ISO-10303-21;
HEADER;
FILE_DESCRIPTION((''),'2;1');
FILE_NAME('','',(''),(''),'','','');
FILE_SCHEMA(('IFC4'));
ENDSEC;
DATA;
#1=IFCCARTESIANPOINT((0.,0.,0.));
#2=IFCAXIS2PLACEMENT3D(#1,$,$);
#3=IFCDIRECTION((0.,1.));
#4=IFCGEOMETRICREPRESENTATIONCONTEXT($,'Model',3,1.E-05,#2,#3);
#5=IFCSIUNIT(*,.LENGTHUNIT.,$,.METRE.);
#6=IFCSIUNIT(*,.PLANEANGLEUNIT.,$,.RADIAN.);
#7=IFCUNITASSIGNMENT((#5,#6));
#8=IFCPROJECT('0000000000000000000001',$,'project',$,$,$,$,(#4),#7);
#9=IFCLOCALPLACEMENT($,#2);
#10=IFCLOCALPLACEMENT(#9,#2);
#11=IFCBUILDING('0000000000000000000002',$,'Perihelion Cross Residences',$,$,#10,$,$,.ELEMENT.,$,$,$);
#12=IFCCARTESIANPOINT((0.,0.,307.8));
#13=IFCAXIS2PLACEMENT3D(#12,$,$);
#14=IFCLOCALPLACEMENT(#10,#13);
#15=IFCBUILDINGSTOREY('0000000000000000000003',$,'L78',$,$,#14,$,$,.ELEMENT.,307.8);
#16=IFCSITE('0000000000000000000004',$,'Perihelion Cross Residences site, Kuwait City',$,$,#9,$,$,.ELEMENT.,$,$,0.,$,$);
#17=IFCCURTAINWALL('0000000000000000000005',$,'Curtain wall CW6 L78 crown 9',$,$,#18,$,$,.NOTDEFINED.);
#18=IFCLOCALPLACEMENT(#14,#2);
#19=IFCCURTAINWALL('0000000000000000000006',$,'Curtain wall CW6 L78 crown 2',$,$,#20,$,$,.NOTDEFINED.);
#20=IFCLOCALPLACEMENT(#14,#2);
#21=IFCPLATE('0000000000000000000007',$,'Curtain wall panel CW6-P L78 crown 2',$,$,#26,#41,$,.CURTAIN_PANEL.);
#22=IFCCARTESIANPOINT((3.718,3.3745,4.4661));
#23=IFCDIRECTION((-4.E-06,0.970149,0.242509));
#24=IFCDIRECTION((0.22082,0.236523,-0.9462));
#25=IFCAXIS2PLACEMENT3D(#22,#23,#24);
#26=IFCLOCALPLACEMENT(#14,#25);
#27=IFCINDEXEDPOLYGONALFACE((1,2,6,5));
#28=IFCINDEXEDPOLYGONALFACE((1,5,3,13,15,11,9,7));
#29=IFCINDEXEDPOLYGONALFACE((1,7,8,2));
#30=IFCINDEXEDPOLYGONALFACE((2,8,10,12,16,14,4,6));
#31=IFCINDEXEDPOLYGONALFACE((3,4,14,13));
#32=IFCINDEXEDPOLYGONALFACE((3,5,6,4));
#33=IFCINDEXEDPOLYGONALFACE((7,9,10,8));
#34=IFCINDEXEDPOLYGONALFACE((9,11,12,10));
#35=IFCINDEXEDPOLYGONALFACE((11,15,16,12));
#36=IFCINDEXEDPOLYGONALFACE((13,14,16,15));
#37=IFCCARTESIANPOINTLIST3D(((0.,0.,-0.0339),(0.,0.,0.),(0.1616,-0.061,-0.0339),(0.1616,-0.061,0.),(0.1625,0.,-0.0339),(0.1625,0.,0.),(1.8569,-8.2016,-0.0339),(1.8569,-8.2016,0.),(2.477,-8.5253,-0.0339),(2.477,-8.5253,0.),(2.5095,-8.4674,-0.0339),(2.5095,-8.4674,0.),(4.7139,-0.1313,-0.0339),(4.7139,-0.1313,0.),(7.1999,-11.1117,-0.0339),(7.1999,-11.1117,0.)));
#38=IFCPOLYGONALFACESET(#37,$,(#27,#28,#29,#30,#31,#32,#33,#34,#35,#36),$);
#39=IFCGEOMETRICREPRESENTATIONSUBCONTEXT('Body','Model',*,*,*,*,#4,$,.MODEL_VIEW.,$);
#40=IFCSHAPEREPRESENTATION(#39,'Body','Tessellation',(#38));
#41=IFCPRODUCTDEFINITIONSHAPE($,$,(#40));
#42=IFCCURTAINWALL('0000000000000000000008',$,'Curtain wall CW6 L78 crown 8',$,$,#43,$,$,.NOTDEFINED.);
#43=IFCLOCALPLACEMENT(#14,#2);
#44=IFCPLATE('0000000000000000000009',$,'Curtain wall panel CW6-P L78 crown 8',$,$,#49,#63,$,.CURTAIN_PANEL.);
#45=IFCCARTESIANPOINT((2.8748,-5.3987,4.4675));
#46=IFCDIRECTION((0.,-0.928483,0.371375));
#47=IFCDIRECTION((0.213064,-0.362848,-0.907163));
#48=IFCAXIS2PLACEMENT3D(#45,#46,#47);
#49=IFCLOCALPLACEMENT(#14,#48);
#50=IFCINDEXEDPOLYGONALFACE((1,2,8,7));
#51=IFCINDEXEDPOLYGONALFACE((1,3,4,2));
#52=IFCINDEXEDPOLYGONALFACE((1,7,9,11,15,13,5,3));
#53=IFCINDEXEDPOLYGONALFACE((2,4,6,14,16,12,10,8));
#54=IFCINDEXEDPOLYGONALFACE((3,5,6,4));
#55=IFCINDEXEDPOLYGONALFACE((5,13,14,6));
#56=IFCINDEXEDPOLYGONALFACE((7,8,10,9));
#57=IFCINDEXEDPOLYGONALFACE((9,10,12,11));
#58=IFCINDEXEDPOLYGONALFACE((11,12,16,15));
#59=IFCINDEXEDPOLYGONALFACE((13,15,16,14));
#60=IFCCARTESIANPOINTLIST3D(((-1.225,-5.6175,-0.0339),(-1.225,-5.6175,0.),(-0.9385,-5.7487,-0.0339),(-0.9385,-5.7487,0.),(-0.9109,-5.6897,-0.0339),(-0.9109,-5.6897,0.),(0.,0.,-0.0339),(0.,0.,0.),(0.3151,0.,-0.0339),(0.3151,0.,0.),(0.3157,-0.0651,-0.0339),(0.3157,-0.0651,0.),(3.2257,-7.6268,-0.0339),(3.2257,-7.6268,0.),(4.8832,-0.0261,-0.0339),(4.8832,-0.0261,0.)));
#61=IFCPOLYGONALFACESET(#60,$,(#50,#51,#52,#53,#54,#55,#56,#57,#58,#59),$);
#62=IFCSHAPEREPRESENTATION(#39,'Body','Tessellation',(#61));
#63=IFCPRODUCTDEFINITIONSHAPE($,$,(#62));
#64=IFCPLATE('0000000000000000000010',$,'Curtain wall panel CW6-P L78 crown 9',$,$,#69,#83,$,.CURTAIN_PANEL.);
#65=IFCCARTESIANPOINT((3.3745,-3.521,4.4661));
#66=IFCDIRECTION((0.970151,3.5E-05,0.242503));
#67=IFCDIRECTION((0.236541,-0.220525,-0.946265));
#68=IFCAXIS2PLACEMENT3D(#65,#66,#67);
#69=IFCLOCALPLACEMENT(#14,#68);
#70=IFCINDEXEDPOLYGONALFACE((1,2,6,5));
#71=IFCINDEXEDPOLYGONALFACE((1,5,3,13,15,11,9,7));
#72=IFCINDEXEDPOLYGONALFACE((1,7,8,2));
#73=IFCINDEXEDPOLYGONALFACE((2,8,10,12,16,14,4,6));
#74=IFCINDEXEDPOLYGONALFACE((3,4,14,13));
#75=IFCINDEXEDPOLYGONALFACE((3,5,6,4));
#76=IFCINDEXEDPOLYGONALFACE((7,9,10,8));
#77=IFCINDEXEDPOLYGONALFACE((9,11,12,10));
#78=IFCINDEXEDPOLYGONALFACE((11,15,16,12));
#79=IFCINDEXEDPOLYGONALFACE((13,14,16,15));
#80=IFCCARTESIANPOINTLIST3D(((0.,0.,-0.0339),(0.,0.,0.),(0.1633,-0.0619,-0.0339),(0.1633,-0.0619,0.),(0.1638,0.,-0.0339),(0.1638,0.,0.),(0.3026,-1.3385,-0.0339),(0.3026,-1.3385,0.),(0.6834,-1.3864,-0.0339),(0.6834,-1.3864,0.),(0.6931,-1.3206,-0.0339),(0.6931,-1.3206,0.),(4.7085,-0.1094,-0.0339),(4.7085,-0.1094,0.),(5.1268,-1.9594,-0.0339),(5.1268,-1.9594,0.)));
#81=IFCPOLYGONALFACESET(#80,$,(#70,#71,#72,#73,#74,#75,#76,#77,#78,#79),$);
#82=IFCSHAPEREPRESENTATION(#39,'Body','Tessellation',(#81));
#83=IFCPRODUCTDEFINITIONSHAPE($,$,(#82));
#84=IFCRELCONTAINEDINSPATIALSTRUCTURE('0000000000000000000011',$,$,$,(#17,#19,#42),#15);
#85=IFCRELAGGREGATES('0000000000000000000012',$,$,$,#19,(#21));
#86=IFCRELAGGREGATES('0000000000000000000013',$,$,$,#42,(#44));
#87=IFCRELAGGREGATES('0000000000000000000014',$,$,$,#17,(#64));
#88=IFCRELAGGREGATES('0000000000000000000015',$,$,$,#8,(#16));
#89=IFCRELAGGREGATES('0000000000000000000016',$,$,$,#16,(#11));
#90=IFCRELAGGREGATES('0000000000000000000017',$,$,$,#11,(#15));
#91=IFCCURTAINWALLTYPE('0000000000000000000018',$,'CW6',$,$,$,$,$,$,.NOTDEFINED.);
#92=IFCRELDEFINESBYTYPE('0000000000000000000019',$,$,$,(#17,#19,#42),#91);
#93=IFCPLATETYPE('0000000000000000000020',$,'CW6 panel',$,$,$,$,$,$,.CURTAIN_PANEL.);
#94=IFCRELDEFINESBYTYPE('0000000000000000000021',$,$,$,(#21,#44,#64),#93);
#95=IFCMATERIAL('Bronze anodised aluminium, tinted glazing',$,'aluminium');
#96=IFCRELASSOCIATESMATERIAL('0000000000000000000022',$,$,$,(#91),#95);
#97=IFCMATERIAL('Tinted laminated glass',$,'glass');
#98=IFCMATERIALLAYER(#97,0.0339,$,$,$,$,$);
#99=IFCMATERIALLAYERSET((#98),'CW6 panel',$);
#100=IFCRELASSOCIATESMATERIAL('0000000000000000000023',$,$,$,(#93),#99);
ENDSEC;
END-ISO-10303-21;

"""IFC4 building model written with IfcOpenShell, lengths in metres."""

from ifc_helpers import new_model, si_unit, direction, frame, origin, place, context, subcontext, project, spatial, polyline, outline, extrude, material, layer, layer_set, type_object, element, aggregate, save


model = new_model("IFC4")

# Units and contexts
model_context = context("Model", 3, precision=1e-05, world=origin(), true_north=direction((0.0, 1.0)))
body_context = subcontext(model_context, "Body", "Model", "MODEL_VIEW")
ifc_project = project(units=[si_unit("LENGTHUNIT", "METRE"), si_unit("PLANEANGLEUNIT", "RADIAN")], contexts=[model_context])

# Site, building, storey
site_placement = place(None, origin())
site = spatial("IfcSite", under=ifc_project, at=site_placement, Name="Perihelion Cross Residences site, Kuwait City", CompositionType="ELEMENT", RefElevation=0.0)
building_placement = place(site_placement, origin())
building = spatial("IfcBuilding", under=site, at=building_placement, Name="Perihelion Cross Residences", CompositionType="ELEMENT")
storey_placement = place(building_placement, frame((0.0, 0.0, 307.8)))
storey = spatial("IfcBuildingStorey", under=building, at=storey_placement, Name="L78", CompositionType="ELEMENT", Elevation=307.8)

# Curtain wall
ifc_material_1 = material(Name="Bronze anodised aluminium, tinted glazing", Category="aluminium")
curtain_wall_type = type_object("IfcCurtainWallType", Name="CW6", PredefinedType="NOTDEFINED", material=ifc_material_1)
curtain_wall_1_placement = place(storey_placement, origin())
curtain_wall_1 = element("IfcCurtainWall", 1, at=curtain_wall_1_placement, inside=storey, type_object=curtain_wall_type, Name="Curtain wall CW6 L78 crown 9", PredefinedType="NOTDEFINED")

# Curtain walls, plates
curtain_wall_2_placement = place(storey_placement, origin())
curtain_wall_2 = element("IfcCurtainWall", 2, at=curtain_wall_2_placement, inside=storey, type_object=curtain_wall_type, Name="Curtain wall CW6 L78 crown 2", PredefinedType="NOTDEFINED")
ifc_material_2 = material(Name="Tinted laminated glass", Category="glass")
ifc_layer_1 = layer(ifc_material_2, 0.0339)
ifc_layer_set_1 = layer_set([ifc_layer_1], Name="CW6 panel")
plate_type = type_object("IfcPlateType", Name="CW6 panel", PredefinedType="CURTAIN_PANEL", material=ifc_layer_set_1)
plate_1_placement = place(storey_placement, frame((3.718, 3.3745, 4.4661), z_axis=(-0.000004, 0.970149, 0.242509), x_axis=(0.22082, 0.236523, -0.9462)))
plate_1 = element("IfcPlate", 3, at=plate_1_placement, type_object=plate_type, Name="Curtain wall panel CW6-P L78 crown 2", PredefinedType="CURTAIN_PANEL", context=body_context, shape_type="SweptSolid", body=[
    extrude(outline(polyline([(0.0, 0.0), (0.1625, 0.0), (0.1616, -0.061), (4.7139, -0.1313), (7.1999, -11.1117), (2.5095, -8.4674), (2.477, -8.5253), (1.8569, -8.2016), (0.0, 0.0)])), origin(), (0.0, 0.0, -1.0), 0.0339),
])
aggregate(curtain_wall_2, [plate_1])
curtain_wall_3_placement = place(storey_placement, origin())
curtain_wall_3 = element("IfcCurtainWall", 4, at=curtain_wall_3_placement, inside=storey, type_object=curtain_wall_type, Name="Curtain wall CW6 L78 crown 8", PredefinedType="NOTDEFINED")
plate_2_placement = place(storey_placement, frame((2.8748, -5.3987, 4.4675), z_axis=(0.0, -0.928483, 0.371375), x_axis=(0.213064, -0.362848, -0.907163)))
plate_2 = element("IfcPlate", 5, at=plate_2_placement, type_object=plate_type, Name="Curtain wall panel CW6-P L78 crown 8", PredefinedType="CURTAIN_PANEL", context=body_context, shape_type="SweptSolid", body=[
    extrude(outline(polyline([(0.0, 0.0), (0.3151, 0.0), (0.3157, -0.0651), (4.8832, -0.0261), (3.2257, -7.6268), (-0.9109, -5.6897), (-0.9385, -5.7487), (-1.225, -5.6175), (0.0, 0.0)])), origin(), (0.0, 0.0, -1.0), 0.0339),
])
aggregate(curtain_wall_3, [plate_2])

# Plate
plate_3_placement = place(storey_placement, frame((3.3745, -3.521, 4.4661), z_axis=(0.970151, 0.000035, 0.242503), x_axis=(0.236541, -0.220525, -0.946265)))
plate_3 = element("IfcPlate", 6, at=plate_3_placement, type_object=plate_type, Name="Curtain wall panel CW6-P L78 crown 9", PredefinedType="CURTAIN_PANEL", context=body_context, shape_type="SweptSolid", body=[
    extrude(outline(polyline([(0.0, 0.0), (0.1638, 0.0), (0.1633, -0.0619), (4.7085, -0.1094), (5.1268, -1.9594), (0.6931, -1.3206), (0.6834, -1.3864), (0.3026, -1.3385), (0.0, 0.0)])), origin(), (0.0, 0.0, -1.0), 0.0339),
])
aggregate(curtain_wall_1, [plate_3])

save(model, "model.ifc")
